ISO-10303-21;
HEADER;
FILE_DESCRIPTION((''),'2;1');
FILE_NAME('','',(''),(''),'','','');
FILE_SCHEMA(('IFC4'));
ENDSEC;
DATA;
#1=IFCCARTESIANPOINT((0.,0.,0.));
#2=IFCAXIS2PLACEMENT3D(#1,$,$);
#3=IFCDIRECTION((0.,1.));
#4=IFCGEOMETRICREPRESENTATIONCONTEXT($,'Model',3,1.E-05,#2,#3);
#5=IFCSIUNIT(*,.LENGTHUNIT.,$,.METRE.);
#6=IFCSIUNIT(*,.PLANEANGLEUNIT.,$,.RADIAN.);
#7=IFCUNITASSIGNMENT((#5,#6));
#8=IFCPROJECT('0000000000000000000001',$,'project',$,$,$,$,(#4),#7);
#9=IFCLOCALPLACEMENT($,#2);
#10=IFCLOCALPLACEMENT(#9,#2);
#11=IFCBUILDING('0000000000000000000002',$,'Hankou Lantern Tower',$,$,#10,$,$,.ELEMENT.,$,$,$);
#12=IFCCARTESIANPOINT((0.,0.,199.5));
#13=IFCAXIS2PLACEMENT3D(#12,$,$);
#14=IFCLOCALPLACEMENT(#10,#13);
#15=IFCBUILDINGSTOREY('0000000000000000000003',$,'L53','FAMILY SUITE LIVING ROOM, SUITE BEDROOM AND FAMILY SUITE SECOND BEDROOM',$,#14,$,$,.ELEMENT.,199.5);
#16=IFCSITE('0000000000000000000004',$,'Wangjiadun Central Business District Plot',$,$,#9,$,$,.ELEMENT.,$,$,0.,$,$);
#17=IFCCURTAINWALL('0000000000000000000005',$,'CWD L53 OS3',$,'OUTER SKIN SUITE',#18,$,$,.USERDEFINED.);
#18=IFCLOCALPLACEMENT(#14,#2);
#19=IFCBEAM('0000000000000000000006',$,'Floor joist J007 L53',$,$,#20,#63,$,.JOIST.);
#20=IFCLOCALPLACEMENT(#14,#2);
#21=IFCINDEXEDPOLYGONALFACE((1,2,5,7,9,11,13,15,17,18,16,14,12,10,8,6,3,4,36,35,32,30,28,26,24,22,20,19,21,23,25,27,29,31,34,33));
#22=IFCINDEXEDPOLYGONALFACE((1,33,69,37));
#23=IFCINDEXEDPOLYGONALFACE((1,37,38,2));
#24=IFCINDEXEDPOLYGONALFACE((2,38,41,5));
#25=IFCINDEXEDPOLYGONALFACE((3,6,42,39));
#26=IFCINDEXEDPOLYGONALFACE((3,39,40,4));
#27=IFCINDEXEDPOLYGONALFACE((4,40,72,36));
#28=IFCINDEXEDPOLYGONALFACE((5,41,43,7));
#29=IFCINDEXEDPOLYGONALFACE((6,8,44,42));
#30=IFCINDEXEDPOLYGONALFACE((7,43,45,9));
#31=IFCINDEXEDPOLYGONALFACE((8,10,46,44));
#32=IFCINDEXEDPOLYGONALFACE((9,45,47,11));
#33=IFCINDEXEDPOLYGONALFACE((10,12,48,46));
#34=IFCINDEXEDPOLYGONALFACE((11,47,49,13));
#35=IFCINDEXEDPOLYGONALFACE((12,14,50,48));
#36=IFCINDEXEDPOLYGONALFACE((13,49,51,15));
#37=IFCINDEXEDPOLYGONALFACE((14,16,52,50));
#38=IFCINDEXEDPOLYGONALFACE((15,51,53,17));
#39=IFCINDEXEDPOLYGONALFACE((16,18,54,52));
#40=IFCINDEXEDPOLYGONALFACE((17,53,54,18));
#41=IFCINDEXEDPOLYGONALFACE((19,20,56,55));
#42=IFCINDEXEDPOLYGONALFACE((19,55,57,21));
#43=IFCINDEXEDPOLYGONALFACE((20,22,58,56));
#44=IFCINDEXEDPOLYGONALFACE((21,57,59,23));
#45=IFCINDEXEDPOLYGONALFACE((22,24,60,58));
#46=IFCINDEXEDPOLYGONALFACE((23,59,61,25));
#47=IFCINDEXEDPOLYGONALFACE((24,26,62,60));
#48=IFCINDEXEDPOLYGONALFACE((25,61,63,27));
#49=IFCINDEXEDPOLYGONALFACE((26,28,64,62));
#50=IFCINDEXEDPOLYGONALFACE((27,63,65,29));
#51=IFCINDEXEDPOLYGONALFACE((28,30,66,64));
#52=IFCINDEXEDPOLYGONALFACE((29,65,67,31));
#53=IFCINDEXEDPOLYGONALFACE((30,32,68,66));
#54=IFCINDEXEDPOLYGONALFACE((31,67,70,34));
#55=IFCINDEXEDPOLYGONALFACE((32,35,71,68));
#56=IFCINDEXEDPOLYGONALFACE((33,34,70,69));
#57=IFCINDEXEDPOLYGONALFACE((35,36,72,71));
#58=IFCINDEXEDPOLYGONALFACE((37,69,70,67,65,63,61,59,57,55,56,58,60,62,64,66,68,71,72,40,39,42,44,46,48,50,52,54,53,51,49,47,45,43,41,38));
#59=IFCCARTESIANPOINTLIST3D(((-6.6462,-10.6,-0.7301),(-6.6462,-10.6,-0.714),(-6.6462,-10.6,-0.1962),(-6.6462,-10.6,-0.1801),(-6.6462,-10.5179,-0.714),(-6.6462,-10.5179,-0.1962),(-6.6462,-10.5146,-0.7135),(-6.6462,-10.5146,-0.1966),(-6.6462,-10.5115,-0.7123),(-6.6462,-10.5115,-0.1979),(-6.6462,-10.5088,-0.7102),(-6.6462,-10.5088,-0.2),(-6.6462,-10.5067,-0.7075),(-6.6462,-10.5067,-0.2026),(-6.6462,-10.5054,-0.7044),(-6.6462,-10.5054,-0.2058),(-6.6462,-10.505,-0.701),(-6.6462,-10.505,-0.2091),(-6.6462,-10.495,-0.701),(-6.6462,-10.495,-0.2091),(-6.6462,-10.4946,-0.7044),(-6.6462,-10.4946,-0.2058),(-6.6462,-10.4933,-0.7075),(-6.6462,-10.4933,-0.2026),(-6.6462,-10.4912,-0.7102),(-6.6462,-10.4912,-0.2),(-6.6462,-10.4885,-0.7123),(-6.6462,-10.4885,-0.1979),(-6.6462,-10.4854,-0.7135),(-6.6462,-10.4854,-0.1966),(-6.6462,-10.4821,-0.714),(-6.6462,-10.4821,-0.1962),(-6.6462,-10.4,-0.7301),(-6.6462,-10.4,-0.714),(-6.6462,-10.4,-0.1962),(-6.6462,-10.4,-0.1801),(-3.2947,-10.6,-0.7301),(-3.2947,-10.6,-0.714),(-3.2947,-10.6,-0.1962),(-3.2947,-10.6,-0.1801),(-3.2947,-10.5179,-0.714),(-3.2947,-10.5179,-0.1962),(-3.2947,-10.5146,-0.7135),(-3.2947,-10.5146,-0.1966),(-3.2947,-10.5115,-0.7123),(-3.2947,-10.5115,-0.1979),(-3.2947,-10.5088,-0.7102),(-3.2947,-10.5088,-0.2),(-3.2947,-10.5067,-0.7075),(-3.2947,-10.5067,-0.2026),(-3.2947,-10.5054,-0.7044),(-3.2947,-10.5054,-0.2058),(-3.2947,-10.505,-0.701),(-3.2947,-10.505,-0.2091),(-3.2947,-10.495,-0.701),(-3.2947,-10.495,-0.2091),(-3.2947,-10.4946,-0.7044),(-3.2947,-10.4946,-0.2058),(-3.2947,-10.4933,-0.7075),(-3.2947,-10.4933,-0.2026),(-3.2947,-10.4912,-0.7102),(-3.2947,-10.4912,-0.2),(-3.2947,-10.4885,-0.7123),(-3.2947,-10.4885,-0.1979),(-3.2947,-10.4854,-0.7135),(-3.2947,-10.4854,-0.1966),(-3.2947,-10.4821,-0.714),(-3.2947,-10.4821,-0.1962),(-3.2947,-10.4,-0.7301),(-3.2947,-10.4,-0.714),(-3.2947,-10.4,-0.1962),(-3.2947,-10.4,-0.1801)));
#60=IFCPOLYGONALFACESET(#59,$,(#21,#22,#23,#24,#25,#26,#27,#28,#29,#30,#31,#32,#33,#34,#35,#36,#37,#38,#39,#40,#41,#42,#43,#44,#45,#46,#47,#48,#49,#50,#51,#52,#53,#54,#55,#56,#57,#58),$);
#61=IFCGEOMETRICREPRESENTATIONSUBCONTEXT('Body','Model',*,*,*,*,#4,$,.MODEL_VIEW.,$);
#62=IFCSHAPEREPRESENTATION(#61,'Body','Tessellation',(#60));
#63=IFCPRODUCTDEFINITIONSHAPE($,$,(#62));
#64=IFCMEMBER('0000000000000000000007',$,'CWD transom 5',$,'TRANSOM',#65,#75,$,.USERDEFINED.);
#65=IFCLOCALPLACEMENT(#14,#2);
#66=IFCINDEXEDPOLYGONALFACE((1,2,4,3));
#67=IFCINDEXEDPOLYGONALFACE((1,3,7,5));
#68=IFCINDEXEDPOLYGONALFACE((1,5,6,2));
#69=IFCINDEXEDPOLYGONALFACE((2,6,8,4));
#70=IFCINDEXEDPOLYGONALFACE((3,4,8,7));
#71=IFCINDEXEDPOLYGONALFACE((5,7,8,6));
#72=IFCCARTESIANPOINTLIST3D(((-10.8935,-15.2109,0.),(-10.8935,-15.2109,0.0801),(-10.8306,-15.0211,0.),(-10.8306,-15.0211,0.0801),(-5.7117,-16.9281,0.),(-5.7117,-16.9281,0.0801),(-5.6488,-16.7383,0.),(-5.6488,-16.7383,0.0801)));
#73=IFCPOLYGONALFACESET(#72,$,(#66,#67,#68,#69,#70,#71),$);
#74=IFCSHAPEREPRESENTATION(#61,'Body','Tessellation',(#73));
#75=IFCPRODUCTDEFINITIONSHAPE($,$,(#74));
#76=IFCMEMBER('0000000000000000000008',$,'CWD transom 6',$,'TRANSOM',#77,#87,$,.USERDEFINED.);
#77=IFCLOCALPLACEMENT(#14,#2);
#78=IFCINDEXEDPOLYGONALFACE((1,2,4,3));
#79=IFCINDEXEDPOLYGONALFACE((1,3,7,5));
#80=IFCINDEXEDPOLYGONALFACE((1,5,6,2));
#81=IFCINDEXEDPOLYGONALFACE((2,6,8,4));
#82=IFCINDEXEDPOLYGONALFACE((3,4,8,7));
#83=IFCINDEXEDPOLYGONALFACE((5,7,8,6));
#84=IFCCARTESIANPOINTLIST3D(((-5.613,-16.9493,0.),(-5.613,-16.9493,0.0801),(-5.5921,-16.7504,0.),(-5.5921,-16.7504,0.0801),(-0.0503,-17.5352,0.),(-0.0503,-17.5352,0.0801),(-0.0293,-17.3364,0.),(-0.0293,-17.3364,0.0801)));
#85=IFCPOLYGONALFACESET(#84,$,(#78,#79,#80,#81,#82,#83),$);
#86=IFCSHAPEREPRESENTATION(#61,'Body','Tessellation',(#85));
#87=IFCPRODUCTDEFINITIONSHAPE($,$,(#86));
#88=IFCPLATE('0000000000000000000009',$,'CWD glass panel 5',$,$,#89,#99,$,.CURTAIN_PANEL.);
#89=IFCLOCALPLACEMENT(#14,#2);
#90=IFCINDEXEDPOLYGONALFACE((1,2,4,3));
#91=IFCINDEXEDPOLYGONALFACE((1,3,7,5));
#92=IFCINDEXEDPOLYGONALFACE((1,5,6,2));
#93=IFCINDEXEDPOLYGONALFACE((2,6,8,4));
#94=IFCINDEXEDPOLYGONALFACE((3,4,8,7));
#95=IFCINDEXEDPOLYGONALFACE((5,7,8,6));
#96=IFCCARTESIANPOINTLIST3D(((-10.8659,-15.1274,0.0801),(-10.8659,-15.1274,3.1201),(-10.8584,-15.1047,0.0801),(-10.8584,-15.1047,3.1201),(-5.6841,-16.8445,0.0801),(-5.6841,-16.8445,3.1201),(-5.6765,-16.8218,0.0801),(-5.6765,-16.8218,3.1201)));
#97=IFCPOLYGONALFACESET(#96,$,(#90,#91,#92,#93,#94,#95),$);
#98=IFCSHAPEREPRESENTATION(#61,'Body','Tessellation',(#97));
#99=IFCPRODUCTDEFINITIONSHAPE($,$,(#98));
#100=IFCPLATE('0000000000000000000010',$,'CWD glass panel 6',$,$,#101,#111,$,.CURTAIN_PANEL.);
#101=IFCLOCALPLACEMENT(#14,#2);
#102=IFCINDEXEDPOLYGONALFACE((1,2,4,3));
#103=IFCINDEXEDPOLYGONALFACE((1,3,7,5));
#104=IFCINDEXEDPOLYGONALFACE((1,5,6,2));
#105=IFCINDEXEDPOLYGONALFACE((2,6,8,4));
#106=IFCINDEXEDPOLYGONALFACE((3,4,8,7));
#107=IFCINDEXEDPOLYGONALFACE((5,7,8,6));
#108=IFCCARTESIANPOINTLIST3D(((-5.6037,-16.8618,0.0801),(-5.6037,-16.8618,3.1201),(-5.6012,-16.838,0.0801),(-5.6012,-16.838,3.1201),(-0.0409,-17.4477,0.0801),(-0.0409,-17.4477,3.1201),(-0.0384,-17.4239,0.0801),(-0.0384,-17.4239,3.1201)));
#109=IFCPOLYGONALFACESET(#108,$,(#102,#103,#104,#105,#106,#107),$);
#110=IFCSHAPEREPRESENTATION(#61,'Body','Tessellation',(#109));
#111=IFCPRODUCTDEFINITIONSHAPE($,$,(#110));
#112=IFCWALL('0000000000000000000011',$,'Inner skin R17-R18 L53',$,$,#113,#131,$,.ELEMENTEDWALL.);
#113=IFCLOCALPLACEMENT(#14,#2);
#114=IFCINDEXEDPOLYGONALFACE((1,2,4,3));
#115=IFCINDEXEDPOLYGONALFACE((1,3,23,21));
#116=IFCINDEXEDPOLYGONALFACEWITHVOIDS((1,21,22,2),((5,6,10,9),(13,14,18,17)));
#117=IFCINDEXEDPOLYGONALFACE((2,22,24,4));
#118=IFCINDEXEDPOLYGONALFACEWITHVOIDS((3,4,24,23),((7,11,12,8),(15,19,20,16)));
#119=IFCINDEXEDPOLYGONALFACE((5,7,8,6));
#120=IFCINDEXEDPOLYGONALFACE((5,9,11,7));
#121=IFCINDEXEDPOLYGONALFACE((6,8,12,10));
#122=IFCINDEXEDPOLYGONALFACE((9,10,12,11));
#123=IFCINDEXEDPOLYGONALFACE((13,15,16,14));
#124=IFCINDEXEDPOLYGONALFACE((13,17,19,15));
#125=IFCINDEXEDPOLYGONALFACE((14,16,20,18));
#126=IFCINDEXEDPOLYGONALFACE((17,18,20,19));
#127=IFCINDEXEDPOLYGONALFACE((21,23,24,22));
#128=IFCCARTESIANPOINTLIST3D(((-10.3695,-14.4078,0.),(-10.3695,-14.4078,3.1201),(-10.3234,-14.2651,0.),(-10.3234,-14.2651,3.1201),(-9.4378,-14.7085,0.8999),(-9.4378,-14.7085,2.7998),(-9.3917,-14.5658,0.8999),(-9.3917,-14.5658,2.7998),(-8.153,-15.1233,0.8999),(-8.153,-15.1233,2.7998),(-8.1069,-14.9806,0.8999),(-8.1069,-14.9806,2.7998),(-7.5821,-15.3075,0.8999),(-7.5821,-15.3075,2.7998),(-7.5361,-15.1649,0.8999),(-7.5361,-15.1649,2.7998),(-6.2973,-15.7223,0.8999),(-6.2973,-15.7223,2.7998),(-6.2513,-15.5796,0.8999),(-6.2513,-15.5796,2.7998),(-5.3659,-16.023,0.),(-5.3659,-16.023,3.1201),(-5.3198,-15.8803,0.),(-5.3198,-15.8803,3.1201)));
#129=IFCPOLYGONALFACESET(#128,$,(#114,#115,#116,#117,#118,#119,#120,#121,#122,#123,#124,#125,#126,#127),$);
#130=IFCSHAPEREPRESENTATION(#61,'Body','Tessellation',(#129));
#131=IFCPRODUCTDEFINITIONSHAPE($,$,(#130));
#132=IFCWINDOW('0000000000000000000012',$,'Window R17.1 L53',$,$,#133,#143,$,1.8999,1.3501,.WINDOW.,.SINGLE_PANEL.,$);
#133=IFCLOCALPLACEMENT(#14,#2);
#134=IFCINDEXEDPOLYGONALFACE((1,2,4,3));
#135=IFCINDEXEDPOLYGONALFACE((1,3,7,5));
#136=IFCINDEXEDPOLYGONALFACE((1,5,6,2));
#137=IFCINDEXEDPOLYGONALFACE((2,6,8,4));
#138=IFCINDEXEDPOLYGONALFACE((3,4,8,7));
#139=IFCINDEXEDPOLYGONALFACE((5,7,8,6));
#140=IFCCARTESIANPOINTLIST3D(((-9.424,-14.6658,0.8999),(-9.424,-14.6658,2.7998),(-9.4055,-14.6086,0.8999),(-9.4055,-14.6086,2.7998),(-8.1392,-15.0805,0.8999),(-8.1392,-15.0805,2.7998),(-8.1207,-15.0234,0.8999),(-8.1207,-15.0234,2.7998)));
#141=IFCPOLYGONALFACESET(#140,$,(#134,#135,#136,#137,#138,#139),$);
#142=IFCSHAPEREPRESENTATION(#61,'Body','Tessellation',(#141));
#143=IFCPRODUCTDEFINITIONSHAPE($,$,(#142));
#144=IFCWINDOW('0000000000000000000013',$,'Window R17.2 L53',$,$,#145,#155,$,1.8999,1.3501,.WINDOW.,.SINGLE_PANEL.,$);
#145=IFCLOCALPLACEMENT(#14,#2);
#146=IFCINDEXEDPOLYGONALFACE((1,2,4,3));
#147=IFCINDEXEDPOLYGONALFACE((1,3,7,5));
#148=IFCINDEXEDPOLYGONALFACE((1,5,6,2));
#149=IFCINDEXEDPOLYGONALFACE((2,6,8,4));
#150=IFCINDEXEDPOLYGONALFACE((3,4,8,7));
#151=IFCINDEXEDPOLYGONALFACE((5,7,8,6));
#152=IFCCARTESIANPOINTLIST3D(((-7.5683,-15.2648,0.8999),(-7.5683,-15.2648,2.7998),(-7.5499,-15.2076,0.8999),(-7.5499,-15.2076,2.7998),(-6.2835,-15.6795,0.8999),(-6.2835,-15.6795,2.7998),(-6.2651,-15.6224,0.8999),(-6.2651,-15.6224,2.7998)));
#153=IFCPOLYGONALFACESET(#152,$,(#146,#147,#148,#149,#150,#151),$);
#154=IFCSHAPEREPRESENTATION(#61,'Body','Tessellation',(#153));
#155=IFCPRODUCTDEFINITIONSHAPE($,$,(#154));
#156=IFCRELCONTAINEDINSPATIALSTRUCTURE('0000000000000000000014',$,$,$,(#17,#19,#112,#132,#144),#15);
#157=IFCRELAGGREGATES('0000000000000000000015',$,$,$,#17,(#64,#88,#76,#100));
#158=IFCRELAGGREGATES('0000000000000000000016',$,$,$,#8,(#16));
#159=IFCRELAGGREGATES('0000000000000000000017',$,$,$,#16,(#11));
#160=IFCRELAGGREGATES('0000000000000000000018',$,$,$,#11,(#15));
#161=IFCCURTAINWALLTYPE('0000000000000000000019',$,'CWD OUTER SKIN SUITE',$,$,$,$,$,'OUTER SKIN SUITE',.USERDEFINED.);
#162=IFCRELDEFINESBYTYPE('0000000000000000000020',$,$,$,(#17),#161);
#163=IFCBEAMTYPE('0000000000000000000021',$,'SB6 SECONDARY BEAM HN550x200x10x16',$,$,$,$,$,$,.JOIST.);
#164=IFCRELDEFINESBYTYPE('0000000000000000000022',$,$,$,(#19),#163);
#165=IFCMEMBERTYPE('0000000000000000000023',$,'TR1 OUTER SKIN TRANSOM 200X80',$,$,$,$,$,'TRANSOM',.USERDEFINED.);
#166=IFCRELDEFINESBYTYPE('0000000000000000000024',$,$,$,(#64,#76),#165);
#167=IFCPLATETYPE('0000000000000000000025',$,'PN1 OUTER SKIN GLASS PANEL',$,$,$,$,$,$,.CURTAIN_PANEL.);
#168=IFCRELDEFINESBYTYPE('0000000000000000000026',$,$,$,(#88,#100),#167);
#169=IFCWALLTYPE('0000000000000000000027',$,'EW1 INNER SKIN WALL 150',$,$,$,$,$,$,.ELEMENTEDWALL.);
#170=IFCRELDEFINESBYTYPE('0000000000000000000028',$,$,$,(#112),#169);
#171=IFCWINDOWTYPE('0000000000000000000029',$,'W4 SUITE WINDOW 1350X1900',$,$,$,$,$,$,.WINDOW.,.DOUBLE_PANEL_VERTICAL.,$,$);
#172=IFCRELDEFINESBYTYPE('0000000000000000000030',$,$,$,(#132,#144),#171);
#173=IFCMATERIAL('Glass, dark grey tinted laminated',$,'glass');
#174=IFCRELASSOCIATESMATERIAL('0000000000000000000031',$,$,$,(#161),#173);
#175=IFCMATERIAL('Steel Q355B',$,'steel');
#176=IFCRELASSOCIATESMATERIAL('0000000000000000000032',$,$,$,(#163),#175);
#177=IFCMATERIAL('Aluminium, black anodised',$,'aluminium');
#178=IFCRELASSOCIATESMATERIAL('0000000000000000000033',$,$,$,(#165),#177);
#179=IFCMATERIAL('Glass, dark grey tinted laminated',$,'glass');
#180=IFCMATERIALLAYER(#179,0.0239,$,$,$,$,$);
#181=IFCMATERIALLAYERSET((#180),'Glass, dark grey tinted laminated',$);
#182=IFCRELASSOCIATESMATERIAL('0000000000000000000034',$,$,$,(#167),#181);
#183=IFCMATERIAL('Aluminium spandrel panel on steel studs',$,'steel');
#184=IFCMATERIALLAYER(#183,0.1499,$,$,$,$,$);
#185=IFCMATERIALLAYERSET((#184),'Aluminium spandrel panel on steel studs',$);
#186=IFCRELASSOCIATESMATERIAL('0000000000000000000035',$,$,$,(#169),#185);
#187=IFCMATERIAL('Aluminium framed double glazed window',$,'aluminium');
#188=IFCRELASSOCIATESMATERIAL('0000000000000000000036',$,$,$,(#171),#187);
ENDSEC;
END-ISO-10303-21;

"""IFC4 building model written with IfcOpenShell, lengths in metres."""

from ifc_helpers import new_model, si_unit, direction, frame, frame_2d, origin, origin_2d, place, context, subcontext, project, spatial, rectangle, i_section, extrude, material, layer, layer_set, material_profile, profile_set, type_object, element, fill, aggregate, save


model = new_model("IFC4")

# Units and contexts
model_context = context("Model", 3, precision=1e-05, world=origin(), true_north=direction((0.0, 1.0)))
body_context = subcontext(model_context, "Body", "Model", "MODEL_VIEW")
ifc_project = project(units=[si_unit("LENGTHUNIT", "METRE"), si_unit("PLANEANGLEUNIT", "RADIAN")], contexts=[model_context])

# Site, building, storey
site_placement = place(None, origin())
site = spatial("IfcSite", under=ifc_project, at=site_placement, Name="Wangjiadun Central Business District Plot", CompositionType="ELEMENT", RefElevation=0.0)
building_placement = place(site_placement, origin())
building = spatial("IfcBuilding", under=site, at=building_placement, Name="Hankou Lantern Tower", CompositionType="ELEMENT")
storey_placement = place(building_placement, frame((0.0, 0.0, 199.5)))
storey = spatial("IfcBuildingStorey", under=building, at=storey_placement, Name="L53", Description="FAMILY SUITE LIVING ROOM, SUITE BEDROOM AND FAMILY SUITE SECOND BEDROOM", CompositionType="ELEMENT", Elevation=199.5)

# Curtain wall
ifc_material_1 = material(Name="Glass, dark grey tinted laminated", Category="glass")
curtain_wall_type = type_object("IfcCurtainWallType", Name="CWD OUTER SKIN SUITE", ElementType="OUTER SKIN SUITE", PredefinedType="USERDEFINED", material=ifc_material_1)
curtain_wall_placement = place(storey_placement, origin())
curtain_wall = element("IfcCurtainWall", 1, at=curtain_wall_placement, inside=storey, type_object=curtain_wall_type, Name="CWD L53 OS3", ObjectType="OUTER SKIN SUITE", PredefinedType="USERDEFINED")

# Beam
ifc_material_2 = material(Name="Steel Q355B", Category="steel")
ifc_material_profile_1 = material_profile(ifc_material_2, i_section(OverallWidth=0.2, OverallDepth=0.55, WebThickness=0.01, FlangeThickness=0.0161, FilletRadius=0.0129, at=origin_2d()), Name="HN550x200x10x16")
ifc_profile_set_1 = profile_set([ifc_material_profile_1], Name="Steel Q355B")
beam_type_1 = type_object("IfcBeamType", Name="SB6 SECONDARY BEAM HN550x200x10x16", PredefinedType="JOIST", material=ifc_profile_set_1)
beam_1_placement = place(storey_placement, frame((-6.6462, -10.5, -0.4551), z_axis=(1.0, 0.0, 0.0), x_axis=(0.0, 1.0, 0.0)))
element("IfcBeam", 2, at=beam_1_placement, inside=storey, type_object=beam_type_1, Name="Floor joist J007 L53", PredefinedType="JOIST", context=body_context, shape_type="SweptSolid", body=[
    extrude(i_section(OverallWidth=0.2, OverallDepth=0.55, WebThickness=0.01, FlangeThickness=0.0161, FilletRadius=0.0129, at=origin_2d()), origin(), (0.0, 0.0, 1.0), 3.3516),
])

# Members
ifc_material_3 = material(Name="Aluminium, black anodised", Category="aluminium")
ifc_material_profile_2 = material_profile(ifc_material_3, rectangle(XDim=0.2, YDim=0.0801, at=origin_2d()), Name="TR1 200X80")
ifc_profile_set_2 = profile_set([ifc_material_profile_2], Name="Aluminium, black anodised")
member_type_1 = type_object("IfcMemberType", Name="TR1 OUTER SKIN TRANSOM 200X80", ElementType="TRANSOM", PredefinedType="USERDEFINED", material=ifc_profile_set_2)
member_1_placement = place(storey_placement, frame((-10.8621, -15.116, 0.04), z_axis=(0.949232, -0.314577, 0.0), x_axis=(0.314577, 0.949232, 0.0)))
member_1 = element("IfcMember", 3, at=member_1_placement, type_object=member_type_1, Name="CWD transom 5", ObjectType="TRANSOM", PredefinedType="USERDEFINED", context=body_context, shape_type="SweptSolid", body=[
    extrude(rectangle(XDim=0.2, YDim=0.0801, at=origin_2d()), origin(), (0.0, 0.0, 1.0), 5.459),
])
member_2_placement = place(storey_placement, frame((-5.6025, -16.8499, 0.04), z_axis=(0.994498, -0.104753, 0.0), x_axis=(0.104753, 0.994498, 0.0)))
member_2 = element("IfcMember", 4, at=member_2_placement, type_object=member_type_1, Name="CWD transom 6", ObjectType="TRANSOM", PredefinedType="USERDEFINED", context=body_context, shape_type="SweptSolid", body=[
    extrude(rectangle(XDim=0.2, YDim=0.0801, at=origin_2d()), origin(), (0.0, 0.0, 1.0), 5.5935),
])

# Plates
ifc_material_4 = material(Name="Glass, dark grey tinted laminated", Category="glass")
ifc_layer_1 = layer(ifc_material_4, 0.0239)
ifc_layer_set_1 = layer_set([ifc_layer_1], Name="Glass, dark grey tinted laminated")
plate_type = type_object("IfcPlateType", Name="PN1 OUTER SKIN GLASS PANEL", PredefinedType="CURTAIN_PANEL", material=ifc_layer_set_1)
plate_1_placement = place(storey_placement, frame((-8.2712, -15.9746, 0.0801), z_axis=(0.0, 0.0, 1.0), x_axis=(0.949241, -0.314551, 0.0)))
plate_1 = element("IfcPlate", 5, at=plate_1_placement, type_object=plate_type, Name="CWD glass panel 5", PredefinedType="CURTAIN_PANEL", context=body_context, shape_type="SweptSolid", body=[
    extrude(rectangle(XDim=5.459, YDim=0.0239, at=origin_2d()), origin(), (0.0, 0.0, 1.0), 3.04),
])
plate_2_placement = place(storey_placement, frame((-2.821, -17.1428, 0.0801), z_axis=(0.0, 0.0, 1.0), x_axis=(0.994499, -0.104743, 0.0)))
plate_2 = element("IfcPlate", 6, at=plate_2_placement, type_object=plate_type, Name="CWD glass panel 6", PredefinedType="CURTAIN_PANEL", context=body_context, shape_type="SweptSolid", body=[
    extrude(rectangle(XDim=5.5935, YDim=0.0239, at=origin_2d()), origin(), (0.0, 0.0, 1.0), 3.04),
])
aggregate(curtain_wall, [member_1, plate_1, member_2, plate_2])

# Wall, openings, windows
ifc_material_5 = material(Name="Aluminium spandrel panel on steel studs", Category="steel")
ifc_layer_2 = layer(ifc_material_5, 0.1499)
ifc_layer_set_2 = layer_set([ifc_layer_2], Name="Aluminium spandrel panel on steel studs")
wall_type_1 = type_object("IfcWallType", Name="EW1 INNER SKIN WALL 150", PredefinedType="ELEMENTEDWALL", material=ifc_layer_set_2)
wall_1_placement = place(storey_placement, frame((-10.3464, -14.3364, 0.0), z_axis=(0.0, 0.0, 1.0), x_axis=(0.951645, -0.307201, 0.0)))
wall_1 = element("IfcWall", 7, at=wall_1_placement, inside=storey, type_object=wall_type_1, Name="Inner skin R17-R18 L53", PredefinedType="ELEMENTEDWALL", context=body_context, shape_type="SweptSolid", body=[
    extrude(rectangle(XDim=5.2578, YDim=0.1499, at=frame_2d((2.6289, 0.0))), origin(), (0.0, 0.0, 1.0), 3.1201),
])
opening_1_placement = place(wall_1_placement, frame((0.979, 0.0, 0.8999)))
opening_1 = element("IfcOpeningElement", 8, at=opening_1_placement, cuts=wall_1, PredefinedType="OPENING", context=body_context, shape_type="SweptSolid", body=[
    extrude(rectangle(XDim=1.3501, YDim=1.8999, at=frame_2d((0.675, 0.95))), frame((0.0, 0.085, 0.0), z_axis=(0.0, -1.0, 0.0), x_axis=(1.0, 0.0, 0.0)), (0.0, 0.0, 1.0), 0.1699),
])
opening_2_placement = place(wall_1_placement, frame((2.929, 0.0, 0.8999)))
opening_2 = element("IfcOpeningElement", 9, at=opening_2_placement, cuts=wall_1, PredefinedType="OPENING", context=body_context, shape_type="SweptSolid", body=[
    extrude(rectangle(XDim=1.3501, YDim=1.8999, at=frame_2d((0.675, 0.95))), frame((0.0, 0.085, 0.0), z_axis=(0.0, -1.0, 0.0), x_axis=(1.0, 0.0, 0.0)), (0.0, 0.0, 1.0), 0.1699),
])
ifc_material_6 = material(Name="Aluminium framed double glazed window", Category="aluminium")
window_type = type_object("IfcWindowType", Name="W4 SUITE WINDOW 1350X1900", PartitioningType="DOUBLE_PANEL_VERTICAL", PredefinedType="WINDOW", material=ifc_material_6)
window_1_placement = place(opening_1_placement, origin())
window_1 = element("IfcWindow", 10, at=window_1_placement, inside=storey, type_object=window_type, Name="Window R17.1 L53", OverallHeight=1.8999, OverallWidth=1.3501, PartitioningType="SINGLE_PANEL", PredefinedType="WINDOW", context=body_context, shape_type="SweptSolid", body=[
    extrude(rectangle(XDim=1.3501, YDim=1.8999, at=frame_2d((0.675, 0.95))), frame((0.0, 0.03, 0.0), z_axis=(0.0, -1.0, 0.0), x_axis=(1.0, 0.0, 0.0)), (0.0, 0.0, 1.0), 0.0601),
])
fill(opening_1, window_1)
window_2_placement = place(opening_2_placement, origin())
window_2 = element("IfcWindow", 11, at=window_2_placement, inside=storey, type_object=window_type, Name="Window R17.2 L53", OverallHeight=1.8999, OverallWidth=1.3501, PartitioningType="SINGLE_PANEL", PredefinedType="WINDOW", context=body_context, shape_type="SweptSolid", body=[
    extrude(rectangle(XDim=1.3501, YDim=1.8999, at=frame_2d((0.675, 0.95))), frame((0.0, 0.03, 0.0), z_axis=(0.0, -1.0, 0.0), x_axis=(1.0, 0.0, 0.0)), (0.0, 0.0, 1.0), 0.0601),
])
fill(opening_2, window_2)

save(model, "model.ifc")
